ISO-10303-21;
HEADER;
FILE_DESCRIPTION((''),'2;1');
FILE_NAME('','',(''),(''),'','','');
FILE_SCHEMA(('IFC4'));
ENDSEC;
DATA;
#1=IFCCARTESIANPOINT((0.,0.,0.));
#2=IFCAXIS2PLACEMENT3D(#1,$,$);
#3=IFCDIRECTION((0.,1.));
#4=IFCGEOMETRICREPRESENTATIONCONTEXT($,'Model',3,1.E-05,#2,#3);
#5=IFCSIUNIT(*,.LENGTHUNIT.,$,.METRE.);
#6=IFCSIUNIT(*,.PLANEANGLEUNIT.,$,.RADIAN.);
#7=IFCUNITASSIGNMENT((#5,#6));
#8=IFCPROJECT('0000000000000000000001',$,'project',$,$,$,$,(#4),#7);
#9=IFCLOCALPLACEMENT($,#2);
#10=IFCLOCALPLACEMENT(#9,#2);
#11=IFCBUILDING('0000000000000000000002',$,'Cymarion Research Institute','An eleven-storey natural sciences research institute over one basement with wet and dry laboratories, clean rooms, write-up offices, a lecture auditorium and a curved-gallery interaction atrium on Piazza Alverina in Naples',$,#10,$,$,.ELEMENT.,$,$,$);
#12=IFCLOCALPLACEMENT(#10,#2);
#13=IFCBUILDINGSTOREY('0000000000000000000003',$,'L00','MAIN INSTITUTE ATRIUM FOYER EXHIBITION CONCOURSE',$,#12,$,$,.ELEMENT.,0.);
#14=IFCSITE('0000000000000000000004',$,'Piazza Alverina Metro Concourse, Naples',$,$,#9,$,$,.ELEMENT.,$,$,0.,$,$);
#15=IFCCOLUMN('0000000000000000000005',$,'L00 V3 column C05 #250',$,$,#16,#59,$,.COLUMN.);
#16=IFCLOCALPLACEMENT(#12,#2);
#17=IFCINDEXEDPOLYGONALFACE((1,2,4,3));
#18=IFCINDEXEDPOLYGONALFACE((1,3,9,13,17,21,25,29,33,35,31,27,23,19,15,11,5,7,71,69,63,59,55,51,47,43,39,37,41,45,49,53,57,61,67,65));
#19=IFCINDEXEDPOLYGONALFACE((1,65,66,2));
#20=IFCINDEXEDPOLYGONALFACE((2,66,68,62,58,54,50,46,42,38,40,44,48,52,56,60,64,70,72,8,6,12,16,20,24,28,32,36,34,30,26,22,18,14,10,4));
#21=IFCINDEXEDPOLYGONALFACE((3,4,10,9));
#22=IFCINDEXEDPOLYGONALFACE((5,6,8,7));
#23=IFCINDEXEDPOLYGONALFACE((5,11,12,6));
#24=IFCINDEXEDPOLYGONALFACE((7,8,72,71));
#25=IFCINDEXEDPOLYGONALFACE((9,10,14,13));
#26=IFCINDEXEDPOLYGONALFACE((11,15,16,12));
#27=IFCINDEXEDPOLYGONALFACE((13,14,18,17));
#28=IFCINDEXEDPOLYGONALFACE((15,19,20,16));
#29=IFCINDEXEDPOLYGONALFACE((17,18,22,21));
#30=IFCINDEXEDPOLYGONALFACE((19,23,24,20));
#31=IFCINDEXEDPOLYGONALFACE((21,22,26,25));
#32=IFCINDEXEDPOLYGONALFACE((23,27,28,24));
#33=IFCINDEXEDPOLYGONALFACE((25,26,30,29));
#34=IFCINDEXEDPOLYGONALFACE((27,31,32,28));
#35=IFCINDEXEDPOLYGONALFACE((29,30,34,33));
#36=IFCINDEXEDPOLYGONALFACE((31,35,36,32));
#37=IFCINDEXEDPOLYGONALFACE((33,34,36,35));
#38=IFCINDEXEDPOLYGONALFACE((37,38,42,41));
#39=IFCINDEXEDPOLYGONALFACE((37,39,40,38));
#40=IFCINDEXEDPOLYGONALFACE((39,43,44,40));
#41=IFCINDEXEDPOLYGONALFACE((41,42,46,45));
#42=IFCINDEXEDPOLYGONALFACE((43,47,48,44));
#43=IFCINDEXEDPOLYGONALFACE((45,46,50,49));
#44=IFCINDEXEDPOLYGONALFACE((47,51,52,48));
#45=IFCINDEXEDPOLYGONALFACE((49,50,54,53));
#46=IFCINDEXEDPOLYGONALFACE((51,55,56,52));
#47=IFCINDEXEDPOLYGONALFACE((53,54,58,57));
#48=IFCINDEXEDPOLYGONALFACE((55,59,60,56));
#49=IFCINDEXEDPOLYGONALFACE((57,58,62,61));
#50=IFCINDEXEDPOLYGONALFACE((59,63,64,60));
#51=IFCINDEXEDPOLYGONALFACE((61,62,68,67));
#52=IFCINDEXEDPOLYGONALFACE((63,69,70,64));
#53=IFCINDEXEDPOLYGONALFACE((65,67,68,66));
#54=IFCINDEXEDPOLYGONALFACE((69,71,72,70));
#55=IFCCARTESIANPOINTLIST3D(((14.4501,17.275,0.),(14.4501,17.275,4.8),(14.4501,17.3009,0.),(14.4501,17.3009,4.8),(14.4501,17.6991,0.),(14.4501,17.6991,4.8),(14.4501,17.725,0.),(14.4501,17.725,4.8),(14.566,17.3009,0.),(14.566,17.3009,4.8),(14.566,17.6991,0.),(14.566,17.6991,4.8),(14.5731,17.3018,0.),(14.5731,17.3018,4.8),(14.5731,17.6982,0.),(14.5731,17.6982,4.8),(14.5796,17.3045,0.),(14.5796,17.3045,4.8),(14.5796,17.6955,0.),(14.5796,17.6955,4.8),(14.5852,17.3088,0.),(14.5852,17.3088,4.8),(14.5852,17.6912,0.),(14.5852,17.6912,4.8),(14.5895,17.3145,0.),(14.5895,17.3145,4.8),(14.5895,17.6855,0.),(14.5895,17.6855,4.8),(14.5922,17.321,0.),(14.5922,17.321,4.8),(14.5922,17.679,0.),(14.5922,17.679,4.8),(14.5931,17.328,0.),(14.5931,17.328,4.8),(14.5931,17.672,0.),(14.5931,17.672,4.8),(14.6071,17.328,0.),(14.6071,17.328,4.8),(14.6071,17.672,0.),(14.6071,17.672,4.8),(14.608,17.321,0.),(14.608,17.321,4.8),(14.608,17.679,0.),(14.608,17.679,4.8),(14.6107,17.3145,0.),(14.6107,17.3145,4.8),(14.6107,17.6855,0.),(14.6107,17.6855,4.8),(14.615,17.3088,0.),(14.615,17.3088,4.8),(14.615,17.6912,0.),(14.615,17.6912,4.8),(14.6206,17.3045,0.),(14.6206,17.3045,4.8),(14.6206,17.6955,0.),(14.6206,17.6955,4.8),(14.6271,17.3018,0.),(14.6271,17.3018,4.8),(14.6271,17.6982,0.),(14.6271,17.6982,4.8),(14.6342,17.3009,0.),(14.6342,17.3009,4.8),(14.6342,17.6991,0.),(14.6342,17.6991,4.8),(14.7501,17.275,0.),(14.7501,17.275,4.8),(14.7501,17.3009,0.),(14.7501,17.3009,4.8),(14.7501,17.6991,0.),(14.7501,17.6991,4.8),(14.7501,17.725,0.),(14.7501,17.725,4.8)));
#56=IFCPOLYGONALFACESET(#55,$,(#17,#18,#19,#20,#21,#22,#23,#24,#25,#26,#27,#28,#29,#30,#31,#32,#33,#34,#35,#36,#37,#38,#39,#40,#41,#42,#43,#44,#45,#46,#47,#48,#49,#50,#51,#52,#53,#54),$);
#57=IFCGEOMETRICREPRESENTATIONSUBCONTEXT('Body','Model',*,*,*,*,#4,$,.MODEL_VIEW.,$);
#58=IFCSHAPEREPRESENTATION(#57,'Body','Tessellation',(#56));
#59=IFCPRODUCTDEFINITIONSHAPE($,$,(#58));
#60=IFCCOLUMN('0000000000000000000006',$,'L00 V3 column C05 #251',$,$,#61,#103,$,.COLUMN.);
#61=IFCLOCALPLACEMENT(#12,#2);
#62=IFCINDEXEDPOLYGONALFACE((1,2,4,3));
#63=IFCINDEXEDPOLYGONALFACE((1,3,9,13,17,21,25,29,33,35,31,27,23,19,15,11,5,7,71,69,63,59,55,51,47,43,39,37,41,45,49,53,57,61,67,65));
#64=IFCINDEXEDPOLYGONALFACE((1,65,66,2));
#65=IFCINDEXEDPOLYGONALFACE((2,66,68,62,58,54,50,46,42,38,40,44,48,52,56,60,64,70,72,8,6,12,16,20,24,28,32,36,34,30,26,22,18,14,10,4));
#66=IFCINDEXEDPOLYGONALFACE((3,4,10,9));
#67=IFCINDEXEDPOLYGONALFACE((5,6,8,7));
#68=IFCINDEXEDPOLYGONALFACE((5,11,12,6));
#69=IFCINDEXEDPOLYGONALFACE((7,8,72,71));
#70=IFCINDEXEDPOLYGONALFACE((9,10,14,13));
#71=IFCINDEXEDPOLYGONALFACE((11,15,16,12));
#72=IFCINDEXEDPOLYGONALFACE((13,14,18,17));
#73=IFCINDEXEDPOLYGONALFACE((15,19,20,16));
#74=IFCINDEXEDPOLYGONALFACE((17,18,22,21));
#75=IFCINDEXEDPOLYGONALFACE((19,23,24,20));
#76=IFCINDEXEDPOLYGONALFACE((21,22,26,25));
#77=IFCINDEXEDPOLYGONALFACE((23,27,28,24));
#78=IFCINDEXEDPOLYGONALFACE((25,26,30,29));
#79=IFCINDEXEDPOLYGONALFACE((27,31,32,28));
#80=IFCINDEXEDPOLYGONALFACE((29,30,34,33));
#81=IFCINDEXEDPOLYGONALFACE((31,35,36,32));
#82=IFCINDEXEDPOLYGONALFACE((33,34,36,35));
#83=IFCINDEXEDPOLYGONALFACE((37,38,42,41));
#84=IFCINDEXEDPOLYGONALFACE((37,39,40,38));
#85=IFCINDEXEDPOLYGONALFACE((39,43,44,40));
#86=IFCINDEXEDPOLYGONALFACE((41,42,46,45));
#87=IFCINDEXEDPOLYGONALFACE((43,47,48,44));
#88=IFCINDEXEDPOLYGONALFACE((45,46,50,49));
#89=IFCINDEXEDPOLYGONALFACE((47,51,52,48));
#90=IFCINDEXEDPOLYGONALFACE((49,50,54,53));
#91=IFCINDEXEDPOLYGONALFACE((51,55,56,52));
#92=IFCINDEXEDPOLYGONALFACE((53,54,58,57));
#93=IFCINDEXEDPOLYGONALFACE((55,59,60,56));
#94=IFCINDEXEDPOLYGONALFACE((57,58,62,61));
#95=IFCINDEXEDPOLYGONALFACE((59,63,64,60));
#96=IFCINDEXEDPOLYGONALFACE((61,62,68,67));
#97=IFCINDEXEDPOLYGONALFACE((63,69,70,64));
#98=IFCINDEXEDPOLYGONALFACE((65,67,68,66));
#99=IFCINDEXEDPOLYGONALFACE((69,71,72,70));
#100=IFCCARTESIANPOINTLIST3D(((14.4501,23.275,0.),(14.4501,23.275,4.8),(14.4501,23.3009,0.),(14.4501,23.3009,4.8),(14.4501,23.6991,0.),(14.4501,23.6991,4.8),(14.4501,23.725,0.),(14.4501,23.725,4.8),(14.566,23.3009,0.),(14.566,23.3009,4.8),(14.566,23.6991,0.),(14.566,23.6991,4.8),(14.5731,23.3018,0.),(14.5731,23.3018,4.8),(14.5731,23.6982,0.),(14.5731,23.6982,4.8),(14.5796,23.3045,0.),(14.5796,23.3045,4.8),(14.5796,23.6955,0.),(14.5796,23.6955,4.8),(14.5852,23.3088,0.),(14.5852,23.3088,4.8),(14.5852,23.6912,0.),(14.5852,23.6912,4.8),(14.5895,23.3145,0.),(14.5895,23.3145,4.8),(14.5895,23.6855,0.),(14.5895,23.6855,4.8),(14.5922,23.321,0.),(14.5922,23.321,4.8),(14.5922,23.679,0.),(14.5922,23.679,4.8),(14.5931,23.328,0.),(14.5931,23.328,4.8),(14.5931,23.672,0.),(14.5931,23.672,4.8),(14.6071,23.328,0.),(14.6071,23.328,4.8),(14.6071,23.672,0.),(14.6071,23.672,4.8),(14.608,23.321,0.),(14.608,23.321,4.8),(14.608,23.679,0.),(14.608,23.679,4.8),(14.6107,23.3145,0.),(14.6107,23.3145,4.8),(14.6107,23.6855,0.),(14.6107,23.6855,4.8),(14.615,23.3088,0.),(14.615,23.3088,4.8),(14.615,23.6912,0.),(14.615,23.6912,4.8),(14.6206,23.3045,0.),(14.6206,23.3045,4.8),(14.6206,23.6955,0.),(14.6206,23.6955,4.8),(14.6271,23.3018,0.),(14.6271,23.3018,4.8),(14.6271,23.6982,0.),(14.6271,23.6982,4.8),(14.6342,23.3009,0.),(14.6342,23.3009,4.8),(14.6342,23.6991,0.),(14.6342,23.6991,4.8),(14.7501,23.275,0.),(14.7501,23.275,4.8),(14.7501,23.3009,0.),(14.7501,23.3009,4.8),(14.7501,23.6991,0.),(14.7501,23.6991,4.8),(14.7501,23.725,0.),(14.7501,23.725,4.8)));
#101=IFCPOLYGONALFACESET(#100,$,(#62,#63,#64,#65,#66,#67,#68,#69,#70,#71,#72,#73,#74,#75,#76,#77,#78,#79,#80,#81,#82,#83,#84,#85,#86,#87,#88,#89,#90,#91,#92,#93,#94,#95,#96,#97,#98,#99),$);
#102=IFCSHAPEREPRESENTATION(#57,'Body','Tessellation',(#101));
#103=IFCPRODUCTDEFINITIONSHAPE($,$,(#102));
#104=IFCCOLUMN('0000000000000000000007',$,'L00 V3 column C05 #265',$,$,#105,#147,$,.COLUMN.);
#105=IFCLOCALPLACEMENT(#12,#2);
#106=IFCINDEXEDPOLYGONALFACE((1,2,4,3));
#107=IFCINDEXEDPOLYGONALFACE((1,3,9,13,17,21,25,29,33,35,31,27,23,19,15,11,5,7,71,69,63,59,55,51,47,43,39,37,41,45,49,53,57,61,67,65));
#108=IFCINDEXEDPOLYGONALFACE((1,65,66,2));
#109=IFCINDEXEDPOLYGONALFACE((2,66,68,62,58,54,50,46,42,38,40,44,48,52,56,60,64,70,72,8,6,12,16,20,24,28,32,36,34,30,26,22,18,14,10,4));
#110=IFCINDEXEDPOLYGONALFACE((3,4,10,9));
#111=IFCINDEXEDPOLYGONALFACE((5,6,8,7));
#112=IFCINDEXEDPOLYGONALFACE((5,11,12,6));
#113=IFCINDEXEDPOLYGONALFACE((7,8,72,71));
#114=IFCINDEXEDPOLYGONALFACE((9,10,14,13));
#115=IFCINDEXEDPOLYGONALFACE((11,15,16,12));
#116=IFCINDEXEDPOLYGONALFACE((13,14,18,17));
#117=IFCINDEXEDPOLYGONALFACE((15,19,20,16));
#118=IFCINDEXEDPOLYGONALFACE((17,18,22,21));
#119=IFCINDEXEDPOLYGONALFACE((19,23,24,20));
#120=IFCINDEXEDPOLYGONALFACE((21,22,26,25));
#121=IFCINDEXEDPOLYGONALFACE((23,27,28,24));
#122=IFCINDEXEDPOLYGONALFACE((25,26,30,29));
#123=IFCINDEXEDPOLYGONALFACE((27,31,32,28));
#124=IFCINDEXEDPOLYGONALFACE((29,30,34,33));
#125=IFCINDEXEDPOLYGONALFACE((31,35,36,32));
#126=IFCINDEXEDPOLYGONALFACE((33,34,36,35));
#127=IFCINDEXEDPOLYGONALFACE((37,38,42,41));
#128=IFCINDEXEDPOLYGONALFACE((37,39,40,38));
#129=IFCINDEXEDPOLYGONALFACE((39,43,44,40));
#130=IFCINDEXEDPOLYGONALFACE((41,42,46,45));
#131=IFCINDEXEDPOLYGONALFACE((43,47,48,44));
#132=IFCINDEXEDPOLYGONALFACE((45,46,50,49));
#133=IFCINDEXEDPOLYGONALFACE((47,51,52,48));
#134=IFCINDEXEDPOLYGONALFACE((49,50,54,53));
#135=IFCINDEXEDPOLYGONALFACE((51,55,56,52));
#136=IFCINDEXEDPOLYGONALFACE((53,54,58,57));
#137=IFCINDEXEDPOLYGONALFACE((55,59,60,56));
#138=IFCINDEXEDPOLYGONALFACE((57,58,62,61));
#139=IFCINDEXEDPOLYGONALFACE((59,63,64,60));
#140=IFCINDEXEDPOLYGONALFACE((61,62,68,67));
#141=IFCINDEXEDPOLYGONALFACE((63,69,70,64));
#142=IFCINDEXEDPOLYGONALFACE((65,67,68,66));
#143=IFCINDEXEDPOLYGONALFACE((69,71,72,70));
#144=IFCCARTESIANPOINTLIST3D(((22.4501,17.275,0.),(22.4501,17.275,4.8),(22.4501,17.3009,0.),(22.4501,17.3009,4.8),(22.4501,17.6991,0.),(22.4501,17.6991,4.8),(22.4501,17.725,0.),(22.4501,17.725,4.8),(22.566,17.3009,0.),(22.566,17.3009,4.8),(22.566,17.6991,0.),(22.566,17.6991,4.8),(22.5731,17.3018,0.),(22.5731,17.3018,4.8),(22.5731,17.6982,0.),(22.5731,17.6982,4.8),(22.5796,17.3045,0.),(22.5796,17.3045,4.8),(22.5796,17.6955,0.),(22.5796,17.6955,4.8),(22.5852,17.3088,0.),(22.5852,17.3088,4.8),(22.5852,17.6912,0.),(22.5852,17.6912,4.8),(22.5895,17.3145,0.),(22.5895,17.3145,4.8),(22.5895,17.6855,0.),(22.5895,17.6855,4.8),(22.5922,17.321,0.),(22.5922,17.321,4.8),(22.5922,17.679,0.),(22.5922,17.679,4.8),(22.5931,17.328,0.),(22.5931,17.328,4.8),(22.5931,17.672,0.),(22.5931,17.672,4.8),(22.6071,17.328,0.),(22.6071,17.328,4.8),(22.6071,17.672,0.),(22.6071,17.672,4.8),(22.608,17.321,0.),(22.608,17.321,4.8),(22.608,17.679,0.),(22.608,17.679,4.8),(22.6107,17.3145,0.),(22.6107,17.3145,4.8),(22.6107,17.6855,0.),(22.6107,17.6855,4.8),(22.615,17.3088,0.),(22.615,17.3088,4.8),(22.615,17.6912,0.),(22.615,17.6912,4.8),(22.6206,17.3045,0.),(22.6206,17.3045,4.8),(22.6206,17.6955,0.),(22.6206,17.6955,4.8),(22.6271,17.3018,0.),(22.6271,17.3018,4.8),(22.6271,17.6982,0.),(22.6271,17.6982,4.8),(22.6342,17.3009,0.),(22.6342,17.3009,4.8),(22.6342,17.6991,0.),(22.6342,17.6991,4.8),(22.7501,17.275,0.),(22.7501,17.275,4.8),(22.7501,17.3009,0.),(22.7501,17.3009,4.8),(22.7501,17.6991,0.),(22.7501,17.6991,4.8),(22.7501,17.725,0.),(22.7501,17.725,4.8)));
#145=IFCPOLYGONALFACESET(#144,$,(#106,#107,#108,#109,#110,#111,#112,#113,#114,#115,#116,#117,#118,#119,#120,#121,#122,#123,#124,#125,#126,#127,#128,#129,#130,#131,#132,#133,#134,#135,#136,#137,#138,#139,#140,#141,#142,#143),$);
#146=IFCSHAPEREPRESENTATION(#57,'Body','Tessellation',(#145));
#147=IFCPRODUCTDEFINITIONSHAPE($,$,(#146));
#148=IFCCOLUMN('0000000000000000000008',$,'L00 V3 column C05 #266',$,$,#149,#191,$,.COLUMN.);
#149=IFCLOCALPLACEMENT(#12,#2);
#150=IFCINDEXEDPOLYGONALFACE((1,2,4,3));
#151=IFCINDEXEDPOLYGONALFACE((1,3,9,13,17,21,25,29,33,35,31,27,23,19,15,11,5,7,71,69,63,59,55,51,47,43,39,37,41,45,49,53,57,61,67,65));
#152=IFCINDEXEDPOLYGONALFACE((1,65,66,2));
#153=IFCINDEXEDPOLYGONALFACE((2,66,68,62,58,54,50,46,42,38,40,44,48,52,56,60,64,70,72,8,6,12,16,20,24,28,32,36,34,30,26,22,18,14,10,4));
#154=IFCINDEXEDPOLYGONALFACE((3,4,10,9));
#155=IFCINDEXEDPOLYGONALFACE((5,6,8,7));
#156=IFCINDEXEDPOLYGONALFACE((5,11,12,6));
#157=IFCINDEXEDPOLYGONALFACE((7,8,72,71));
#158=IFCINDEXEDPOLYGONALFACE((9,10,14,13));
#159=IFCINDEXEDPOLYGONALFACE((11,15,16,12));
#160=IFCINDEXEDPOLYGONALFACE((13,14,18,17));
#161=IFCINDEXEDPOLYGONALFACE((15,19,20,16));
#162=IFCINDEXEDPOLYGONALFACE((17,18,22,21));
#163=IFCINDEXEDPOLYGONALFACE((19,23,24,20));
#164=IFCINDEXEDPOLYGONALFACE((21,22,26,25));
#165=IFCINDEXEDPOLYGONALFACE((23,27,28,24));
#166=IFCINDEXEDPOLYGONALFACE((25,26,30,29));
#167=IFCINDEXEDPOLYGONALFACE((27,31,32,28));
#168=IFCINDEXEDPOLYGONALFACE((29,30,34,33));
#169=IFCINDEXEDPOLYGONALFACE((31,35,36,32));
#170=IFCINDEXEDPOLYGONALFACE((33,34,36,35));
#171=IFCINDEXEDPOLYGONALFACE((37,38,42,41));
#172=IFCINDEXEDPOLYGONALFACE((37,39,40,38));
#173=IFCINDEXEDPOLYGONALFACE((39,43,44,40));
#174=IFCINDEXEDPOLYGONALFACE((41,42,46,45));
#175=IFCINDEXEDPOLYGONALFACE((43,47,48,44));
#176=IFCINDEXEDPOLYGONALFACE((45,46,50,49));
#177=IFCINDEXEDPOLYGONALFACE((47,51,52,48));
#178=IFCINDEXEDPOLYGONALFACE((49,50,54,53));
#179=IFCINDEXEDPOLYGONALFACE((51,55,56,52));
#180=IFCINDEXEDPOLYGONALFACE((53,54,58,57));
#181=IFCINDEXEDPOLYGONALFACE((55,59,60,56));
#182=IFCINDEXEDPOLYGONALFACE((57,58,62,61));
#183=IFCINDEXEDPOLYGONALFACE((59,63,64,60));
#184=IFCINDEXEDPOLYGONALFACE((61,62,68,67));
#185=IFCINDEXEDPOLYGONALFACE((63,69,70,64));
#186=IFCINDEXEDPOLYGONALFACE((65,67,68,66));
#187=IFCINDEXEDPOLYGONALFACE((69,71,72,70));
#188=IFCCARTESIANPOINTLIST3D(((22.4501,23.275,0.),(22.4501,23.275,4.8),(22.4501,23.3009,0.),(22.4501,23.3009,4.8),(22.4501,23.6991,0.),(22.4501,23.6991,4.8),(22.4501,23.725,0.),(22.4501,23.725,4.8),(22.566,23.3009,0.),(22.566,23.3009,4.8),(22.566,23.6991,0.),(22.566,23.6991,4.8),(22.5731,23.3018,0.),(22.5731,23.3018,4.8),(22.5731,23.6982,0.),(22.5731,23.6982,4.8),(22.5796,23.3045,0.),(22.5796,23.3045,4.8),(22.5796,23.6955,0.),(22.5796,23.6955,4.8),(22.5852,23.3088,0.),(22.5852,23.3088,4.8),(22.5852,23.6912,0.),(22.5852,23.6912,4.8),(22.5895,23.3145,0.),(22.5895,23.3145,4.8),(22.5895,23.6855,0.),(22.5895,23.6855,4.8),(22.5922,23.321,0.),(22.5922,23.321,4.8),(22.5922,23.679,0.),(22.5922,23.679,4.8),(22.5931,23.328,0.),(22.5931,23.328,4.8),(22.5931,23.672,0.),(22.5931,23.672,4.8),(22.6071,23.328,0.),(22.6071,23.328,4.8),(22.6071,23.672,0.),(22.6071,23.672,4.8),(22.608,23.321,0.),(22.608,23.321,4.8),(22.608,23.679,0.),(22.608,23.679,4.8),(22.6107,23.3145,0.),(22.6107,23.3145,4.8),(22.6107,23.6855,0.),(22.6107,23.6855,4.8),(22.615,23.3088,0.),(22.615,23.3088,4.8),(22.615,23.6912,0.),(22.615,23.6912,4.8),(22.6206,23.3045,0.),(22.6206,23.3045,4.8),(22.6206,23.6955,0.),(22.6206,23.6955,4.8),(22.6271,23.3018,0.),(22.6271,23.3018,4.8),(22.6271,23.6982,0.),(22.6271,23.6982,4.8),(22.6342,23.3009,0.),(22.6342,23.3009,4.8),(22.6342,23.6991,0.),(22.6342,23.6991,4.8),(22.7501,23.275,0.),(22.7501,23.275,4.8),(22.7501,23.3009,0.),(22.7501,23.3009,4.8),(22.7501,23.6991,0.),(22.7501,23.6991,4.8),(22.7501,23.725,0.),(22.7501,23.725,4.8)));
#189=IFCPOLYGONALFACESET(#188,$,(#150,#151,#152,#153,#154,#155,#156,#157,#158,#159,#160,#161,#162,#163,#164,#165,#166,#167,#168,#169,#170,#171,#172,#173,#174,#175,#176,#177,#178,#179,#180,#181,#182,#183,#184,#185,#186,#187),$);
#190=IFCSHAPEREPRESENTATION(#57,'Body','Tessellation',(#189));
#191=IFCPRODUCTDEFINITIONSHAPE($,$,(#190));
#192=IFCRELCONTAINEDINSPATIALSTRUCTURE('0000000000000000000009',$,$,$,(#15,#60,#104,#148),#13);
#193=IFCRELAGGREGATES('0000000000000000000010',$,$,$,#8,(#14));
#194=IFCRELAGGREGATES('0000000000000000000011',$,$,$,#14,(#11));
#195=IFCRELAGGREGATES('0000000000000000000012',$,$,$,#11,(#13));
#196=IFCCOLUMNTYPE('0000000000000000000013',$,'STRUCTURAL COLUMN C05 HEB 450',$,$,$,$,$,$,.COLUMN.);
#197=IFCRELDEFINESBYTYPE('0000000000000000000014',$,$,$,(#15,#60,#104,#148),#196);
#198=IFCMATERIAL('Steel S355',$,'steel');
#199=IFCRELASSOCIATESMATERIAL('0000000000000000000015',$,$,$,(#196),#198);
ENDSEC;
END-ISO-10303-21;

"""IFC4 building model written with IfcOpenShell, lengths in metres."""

from ifc_helpers import new_model, si_unit, direction, frame, origin, origin_2d, place, context, subcontext, project, spatial, i_section, extrude, material, material_profile, profile_set, type_object, element, save


model = new_model("IFC4")

# Units and contexts
model_context = context("Model", 3, precision=1e-05, world=origin(), true_north=direction((0.0, 1.0)))
body_context = subcontext(model_context, "Body", "Model", "MODEL_VIEW")
ifc_project = project(units=[si_unit("LENGTHUNIT", "METRE"), si_unit("PLANEANGLEUNIT", "RADIAN")], contexts=[model_context])

# Site, building, storey
site_placement = place(None, origin())
site = spatial("IfcSite", under=ifc_project, at=site_placement, Name="Piazza Alverina Metro Concourse, Naples", CompositionType="ELEMENT", RefElevation=0.0)
building_placement = place(site_placement, origin())
building = spatial("IfcBuilding", under=site, at=building_placement, Name="Cymarion Research Institute", Description="An eleven-storey natural sciences research institute over one basement with wet and dry laboratories, clean rooms, write-up offices, a lecture auditorium and a curved-gallery interaction atrium on Piazza Alverina in Naples", CompositionType="ELEMENT")
storey_placement = place(building_placement, origin())
storey = spatial("IfcBuildingStorey", under=building, at=storey_placement, Name="L00", Description="MAIN INSTITUTE ATRIUM FOYER EXHIBITION CONCOURSE", CompositionType="ELEMENT", Elevation=0.0)

# Columns
ifc_material_1 = material(Name="Steel S355", Category="steel")
ifc_material_profile_1 = material_profile(ifc_material_1, i_section(OverallWidth=0.3, OverallDepth=0.45, WebThickness=0.0139, FlangeThickness=0.0259, FilletRadius=0.0271, at=origin_2d()), Name="HEB 450")
ifc_profile_set_1 = profile_set([ifc_material_profile_1], Name="Steel S355")
column_type = type_object("IfcColumnType", Name="STRUCTURAL COLUMN C05 HEB 450", PredefinedType="COLUMN", material=ifc_profile_set_1)
for number, where, z_axis, x_axis, name in (
    (1, (14.6001, 17.5, 0.0), (0.0, 0.0, 1.0), (1.0, 0.0, 0.0), "L00 V3 column C05 #250"),
    (2, (14.6001, 23.5, 0.0), (0.0, 0.0, 1.0), (1.0, 0.0, 0.0), "L00 V3 column C05 #251"),
    (3, (22.6001, 17.5, 0.0), (0.0, 0.0, 1.0), (1.0, 0.0, 0.0), "L00 V3 column C05 #265"),
    (4, (22.6001, 23.5, 0.0), (0.0, 0.0, 1.0), (1.0, 0.0, 0.0), "L00 V3 column C05 #266"),
):
    element("IfcColumn", number, at=place(storey_placement, frame(where, z_axis=z_axis, x_axis=x_axis)), inside=storey, type_object=column_type, Name=name, PredefinedType="COLUMN", context=body_context, shape_type="SweptSolid", body=[
        extrude(i_section(OverallWidth=0.3, OverallDepth=0.45, WebThickness=0.0139, FlangeThickness=0.0259, FilletRadius=0.0271, at=origin_2d()), origin(), (0.0, 0.0, 1.0), 4.8),
    ])

save(model, "model.ifc")
